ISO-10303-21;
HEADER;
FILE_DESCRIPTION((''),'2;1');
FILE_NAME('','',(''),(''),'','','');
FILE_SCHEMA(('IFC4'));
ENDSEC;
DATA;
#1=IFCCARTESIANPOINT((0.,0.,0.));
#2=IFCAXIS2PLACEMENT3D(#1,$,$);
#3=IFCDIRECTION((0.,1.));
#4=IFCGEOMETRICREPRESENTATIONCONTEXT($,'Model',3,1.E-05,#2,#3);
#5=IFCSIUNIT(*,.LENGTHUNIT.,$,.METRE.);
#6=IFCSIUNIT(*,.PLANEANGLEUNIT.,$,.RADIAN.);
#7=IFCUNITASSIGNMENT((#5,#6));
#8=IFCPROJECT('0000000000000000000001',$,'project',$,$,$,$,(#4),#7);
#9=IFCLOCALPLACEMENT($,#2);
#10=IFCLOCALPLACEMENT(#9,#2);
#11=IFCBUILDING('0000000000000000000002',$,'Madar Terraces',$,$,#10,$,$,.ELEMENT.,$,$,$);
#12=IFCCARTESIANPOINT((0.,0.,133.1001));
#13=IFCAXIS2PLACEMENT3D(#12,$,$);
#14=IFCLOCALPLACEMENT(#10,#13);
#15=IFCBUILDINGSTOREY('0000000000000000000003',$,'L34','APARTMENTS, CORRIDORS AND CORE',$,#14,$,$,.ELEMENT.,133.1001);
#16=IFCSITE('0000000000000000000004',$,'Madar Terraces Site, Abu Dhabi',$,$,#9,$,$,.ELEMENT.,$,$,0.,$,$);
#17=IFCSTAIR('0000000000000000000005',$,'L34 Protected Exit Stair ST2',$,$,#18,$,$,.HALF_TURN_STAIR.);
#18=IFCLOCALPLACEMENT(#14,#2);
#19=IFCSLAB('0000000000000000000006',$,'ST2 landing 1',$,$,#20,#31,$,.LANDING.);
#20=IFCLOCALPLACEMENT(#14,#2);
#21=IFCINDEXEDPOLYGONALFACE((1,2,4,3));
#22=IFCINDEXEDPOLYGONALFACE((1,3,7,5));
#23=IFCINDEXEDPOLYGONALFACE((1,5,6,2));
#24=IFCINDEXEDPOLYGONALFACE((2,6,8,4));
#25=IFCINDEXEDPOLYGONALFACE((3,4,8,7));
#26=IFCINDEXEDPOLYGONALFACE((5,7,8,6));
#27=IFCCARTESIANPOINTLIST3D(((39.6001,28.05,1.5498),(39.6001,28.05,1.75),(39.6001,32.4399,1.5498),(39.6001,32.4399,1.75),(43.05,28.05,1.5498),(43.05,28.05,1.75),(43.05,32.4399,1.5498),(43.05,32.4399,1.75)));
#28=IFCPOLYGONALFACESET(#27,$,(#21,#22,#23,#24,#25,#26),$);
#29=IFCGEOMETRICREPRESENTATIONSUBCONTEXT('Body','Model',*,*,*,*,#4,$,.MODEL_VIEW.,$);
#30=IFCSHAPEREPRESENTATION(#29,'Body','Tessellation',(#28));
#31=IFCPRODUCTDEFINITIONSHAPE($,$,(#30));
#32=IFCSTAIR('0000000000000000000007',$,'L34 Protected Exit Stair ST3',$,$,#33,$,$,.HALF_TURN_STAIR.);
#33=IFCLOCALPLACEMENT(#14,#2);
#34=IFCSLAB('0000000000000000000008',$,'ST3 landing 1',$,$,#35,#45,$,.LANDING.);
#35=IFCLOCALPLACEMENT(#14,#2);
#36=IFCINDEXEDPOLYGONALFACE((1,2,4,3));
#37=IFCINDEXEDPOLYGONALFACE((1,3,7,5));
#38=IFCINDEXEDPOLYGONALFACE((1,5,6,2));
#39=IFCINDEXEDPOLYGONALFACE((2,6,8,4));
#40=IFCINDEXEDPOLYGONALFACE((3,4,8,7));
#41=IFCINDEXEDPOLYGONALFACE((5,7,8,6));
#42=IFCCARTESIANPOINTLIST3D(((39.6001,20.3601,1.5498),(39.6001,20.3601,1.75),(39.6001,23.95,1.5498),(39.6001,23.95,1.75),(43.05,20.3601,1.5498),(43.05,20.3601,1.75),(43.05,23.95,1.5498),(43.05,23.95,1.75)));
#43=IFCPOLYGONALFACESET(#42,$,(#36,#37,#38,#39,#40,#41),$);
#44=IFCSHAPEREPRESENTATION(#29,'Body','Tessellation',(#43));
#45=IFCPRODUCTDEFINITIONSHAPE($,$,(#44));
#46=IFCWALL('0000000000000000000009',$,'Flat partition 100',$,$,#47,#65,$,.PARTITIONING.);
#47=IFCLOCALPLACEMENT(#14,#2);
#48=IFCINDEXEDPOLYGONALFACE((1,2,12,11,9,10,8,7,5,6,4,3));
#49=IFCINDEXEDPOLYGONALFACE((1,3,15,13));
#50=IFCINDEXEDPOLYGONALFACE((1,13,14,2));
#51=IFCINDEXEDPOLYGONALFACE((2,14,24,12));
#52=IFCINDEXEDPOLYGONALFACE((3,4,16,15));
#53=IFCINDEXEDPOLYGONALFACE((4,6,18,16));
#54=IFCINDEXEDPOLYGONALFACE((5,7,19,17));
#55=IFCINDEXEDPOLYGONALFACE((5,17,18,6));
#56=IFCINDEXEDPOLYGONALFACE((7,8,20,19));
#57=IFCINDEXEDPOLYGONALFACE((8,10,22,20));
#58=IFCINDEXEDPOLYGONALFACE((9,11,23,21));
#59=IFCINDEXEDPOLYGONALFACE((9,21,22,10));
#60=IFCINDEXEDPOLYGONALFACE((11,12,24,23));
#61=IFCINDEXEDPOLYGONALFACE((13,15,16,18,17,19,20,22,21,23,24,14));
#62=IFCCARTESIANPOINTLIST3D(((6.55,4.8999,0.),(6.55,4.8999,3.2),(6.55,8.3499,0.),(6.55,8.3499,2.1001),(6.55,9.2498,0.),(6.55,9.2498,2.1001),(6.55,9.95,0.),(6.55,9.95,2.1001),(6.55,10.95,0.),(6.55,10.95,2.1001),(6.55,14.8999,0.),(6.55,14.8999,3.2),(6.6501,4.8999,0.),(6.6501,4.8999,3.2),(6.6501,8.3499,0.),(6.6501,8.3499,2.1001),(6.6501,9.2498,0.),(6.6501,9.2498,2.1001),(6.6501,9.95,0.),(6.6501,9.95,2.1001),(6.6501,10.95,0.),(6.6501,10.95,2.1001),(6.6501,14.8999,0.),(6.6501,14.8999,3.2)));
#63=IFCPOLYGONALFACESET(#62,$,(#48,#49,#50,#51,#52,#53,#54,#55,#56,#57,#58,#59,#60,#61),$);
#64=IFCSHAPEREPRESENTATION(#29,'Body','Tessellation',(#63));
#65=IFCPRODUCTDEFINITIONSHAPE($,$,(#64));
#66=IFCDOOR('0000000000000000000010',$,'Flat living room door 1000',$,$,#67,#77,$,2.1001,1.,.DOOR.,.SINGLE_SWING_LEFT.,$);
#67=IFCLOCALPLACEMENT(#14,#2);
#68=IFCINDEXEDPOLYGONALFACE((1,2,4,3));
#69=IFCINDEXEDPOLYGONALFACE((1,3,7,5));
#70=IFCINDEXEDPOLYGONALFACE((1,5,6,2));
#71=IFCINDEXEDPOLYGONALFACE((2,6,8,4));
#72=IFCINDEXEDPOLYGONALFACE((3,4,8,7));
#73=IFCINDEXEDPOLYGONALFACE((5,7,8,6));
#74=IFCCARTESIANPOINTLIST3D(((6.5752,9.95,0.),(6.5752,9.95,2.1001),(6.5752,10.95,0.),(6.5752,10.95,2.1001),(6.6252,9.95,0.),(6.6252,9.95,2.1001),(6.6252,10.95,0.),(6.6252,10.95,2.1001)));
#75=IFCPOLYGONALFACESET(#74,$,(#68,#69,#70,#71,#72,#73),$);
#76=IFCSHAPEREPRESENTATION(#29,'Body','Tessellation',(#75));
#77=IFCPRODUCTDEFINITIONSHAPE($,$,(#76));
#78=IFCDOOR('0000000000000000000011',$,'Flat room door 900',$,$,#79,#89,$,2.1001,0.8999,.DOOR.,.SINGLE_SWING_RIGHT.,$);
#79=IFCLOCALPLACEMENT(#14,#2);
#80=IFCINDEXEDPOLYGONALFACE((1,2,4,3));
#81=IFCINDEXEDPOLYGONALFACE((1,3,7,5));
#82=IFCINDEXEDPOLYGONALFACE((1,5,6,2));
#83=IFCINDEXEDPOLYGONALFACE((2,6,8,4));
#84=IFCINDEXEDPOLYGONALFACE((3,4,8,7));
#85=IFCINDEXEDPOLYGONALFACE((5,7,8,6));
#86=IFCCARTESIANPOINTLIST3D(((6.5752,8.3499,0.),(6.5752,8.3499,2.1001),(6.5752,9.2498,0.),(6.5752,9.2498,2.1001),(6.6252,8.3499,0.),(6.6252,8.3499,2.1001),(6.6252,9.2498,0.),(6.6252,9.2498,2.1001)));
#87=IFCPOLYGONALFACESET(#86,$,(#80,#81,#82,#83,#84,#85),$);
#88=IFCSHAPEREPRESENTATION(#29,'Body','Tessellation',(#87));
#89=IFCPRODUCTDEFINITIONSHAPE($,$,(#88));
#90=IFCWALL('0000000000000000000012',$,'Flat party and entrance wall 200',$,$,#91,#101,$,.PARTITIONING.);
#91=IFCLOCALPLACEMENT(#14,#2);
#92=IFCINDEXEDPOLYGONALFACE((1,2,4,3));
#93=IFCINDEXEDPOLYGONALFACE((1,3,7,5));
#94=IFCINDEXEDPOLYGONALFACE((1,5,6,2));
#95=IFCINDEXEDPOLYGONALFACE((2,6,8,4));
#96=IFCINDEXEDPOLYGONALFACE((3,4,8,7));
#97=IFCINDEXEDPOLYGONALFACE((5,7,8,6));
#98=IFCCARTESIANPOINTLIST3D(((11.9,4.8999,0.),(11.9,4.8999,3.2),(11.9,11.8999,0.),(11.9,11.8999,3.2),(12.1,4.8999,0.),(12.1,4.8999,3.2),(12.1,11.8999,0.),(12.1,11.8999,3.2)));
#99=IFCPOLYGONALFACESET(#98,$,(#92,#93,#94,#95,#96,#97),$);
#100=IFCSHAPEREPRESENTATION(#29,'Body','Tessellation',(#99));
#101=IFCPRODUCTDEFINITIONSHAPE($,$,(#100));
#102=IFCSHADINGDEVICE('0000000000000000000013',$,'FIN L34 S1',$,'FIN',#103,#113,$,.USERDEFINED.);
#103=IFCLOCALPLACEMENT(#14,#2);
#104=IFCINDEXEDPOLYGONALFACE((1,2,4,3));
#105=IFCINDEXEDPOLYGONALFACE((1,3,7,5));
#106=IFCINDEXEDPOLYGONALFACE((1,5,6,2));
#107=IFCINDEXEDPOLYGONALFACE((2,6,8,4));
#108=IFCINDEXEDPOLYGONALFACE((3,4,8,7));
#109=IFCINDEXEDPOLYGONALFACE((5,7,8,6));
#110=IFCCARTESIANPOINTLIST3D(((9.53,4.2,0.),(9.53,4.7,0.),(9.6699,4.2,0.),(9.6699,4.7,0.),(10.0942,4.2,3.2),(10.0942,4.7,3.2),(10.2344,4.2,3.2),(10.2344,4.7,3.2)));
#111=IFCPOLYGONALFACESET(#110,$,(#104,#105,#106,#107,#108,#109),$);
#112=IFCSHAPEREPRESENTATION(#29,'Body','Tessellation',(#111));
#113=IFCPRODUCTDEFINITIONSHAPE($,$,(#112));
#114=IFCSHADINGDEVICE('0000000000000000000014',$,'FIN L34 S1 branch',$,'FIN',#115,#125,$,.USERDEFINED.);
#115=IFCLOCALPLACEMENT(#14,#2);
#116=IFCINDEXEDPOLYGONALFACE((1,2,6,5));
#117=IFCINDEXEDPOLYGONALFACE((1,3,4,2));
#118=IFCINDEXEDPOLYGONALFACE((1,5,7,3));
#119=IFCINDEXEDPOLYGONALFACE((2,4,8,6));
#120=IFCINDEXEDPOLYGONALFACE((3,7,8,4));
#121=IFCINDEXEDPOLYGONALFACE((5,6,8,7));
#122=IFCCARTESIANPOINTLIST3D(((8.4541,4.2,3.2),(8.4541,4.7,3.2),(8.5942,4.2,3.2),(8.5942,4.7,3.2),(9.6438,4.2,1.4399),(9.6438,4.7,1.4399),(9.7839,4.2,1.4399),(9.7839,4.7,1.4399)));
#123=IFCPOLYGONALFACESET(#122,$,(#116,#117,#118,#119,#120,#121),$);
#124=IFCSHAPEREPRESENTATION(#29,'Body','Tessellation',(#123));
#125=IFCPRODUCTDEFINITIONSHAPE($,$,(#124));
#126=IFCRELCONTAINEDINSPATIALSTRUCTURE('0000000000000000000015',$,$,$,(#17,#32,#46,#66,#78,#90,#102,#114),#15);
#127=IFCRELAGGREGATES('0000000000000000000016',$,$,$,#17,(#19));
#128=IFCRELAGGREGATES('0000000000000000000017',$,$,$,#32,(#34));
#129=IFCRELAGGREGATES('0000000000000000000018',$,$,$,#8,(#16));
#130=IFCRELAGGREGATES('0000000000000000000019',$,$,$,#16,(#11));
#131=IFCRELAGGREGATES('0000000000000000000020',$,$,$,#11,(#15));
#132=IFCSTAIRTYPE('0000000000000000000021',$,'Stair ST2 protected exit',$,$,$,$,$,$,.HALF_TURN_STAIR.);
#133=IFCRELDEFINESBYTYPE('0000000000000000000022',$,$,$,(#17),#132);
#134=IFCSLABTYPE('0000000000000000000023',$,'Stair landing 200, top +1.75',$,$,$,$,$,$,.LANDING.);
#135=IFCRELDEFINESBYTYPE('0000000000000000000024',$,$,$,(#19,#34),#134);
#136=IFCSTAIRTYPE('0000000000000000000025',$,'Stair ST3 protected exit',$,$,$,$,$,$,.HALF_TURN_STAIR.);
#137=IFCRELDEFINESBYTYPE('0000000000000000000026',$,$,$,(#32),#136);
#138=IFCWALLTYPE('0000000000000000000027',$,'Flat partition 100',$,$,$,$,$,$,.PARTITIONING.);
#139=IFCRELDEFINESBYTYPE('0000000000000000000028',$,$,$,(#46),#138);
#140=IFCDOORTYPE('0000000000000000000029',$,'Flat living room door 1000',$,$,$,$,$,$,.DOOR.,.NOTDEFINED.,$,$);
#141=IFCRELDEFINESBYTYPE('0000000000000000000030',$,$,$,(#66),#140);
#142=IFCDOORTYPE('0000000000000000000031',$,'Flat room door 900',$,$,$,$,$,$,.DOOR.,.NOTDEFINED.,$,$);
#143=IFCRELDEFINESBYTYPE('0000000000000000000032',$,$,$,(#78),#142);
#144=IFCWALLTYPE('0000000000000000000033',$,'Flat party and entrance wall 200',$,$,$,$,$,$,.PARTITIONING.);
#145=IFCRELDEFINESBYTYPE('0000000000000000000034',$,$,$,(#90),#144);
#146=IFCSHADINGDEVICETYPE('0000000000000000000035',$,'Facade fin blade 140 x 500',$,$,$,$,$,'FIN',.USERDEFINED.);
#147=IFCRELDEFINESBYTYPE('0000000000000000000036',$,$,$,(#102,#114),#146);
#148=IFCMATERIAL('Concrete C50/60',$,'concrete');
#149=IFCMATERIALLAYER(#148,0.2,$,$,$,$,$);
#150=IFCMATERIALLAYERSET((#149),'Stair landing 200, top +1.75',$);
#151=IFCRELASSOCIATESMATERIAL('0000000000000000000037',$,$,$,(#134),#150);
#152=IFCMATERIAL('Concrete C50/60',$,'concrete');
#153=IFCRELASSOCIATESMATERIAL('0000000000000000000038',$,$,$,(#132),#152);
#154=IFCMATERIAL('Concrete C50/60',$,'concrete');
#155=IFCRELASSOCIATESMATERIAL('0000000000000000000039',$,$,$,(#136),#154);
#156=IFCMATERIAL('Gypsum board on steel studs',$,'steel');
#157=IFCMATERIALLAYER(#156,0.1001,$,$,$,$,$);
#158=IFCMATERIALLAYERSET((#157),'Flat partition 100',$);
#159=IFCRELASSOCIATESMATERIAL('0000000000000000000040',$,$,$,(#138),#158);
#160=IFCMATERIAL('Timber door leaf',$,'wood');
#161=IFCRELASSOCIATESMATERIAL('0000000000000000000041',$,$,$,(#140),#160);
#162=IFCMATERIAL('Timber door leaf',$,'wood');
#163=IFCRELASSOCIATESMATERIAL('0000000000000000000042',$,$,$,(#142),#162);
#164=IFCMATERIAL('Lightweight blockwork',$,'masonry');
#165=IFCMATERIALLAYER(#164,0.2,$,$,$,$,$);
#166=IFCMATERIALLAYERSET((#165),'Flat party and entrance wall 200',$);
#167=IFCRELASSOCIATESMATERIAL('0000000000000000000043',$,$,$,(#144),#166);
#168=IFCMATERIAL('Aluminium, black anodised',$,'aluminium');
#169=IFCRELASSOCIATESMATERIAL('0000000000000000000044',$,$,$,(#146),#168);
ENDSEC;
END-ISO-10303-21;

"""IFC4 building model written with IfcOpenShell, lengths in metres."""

from ifc_helpers import new_model, si_unit, direction, frame, frame_2d, origin, place, context, subcontext, project, spatial, polyline, rectangle, outline, extrude, material, layer, layer_set, type_object, element, fill, aggregate, save


model = new_model("IFC4")

# Units and contexts
model_context = context("Model", 3, precision=1e-05, world=origin(), true_north=direction((0.0, 1.0)))
body_context = subcontext(model_context, "Body", "Model", "MODEL_VIEW")
ifc_project = project(units=[si_unit("LENGTHUNIT", "METRE"), si_unit("PLANEANGLEUNIT", "RADIAN")], contexts=[model_context])

# Site, building, storey
site_placement = place(None, origin())
site = spatial("IfcSite", under=ifc_project, at=site_placement, Name="Madar Terraces Site, Abu Dhabi", CompositionType="ELEMENT", RefElevation=0.0)
building_placement = place(site_placement, origin())
building = spatial("IfcBuilding", under=site, at=building_placement, Name="Madar Terraces", CompositionType="ELEMENT")
storey_placement = place(building_placement, frame((0.0, 0.0, 133.1001)))
storey = spatial("IfcBuildingStorey", under=building, at=storey_placement, Name="L34", Description="APARTMENTS, CORRIDORS AND CORE", CompositionType="ELEMENT", Elevation=133.1001)

# Stairs, slabs
ifc_material_1 = material(Name="Concrete C50/60", Category="concrete")
ifc_layer_1 = layer(ifc_material_1, 0.2)
ifc_layer_set_1 = layer_set([ifc_layer_1], Name="Stair landing 200, top +1.75")
slab_type_1 = type_object("IfcSlabType", Name="Stair landing 200, top +1.75", PredefinedType="LANDING", material=ifc_layer_set_1)
ifc_material_2 = material(Name="Concrete C50/60", Category="concrete")
stair_type_1 = type_object("IfcStairType", Name="Stair ST2 protected exit", PredefinedType="HALF_TURN_STAIR", material=ifc_material_2)
stair_1_placement = place(storey_placement, origin())
stair_1 = element("IfcStair", 1, at=stair_1_placement, inside=storey, type_object=stair_type_1, Name="L34 Protected Exit Stair ST2", PredefinedType="HALF_TURN_STAIR")
slab_1_placement = place(storey_placement, frame((0.0, 0.0, 1.5498)))
slab_1 = element("IfcSlab", 2, at=slab_1_placement, type_object=slab_type_1, Name="ST2 landing 1", PredefinedType="LANDING", context=body_context, shape_type="SweptSolid", body=[
    extrude(outline(polyline([(39.6001, 28.05), (43.05, 28.05), (43.05, 32.4399), (39.6001, 32.4399), (39.6001, 28.05)])), origin(), (0.0, 0.0, 1.0), 0.2002),
])
aggregate(stair_1, [slab_1])
ifc_material_3 = material(Name="Concrete C50/60", Category="concrete")
stair_type_2 = type_object("IfcStairType", Name="Stair ST3 protected exit", PredefinedType="HALF_TURN_STAIR", material=ifc_material_3)
stair_2_placement = place(storey_placement, origin())
stair_2 = element("IfcStair", 3, at=stair_2_placement, inside=storey, type_object=stair_type_2, Name="L34 Protected Exit Stair ST3", PredefinedType="HALF_TURN_STAIR")
slab_2_placement = place(storey_placement, frame((0.0, 0.0, 1.5498)))
slab_2 = element("IfcSlab", 4, at=slab_2_placement, type_object=slab_type_1, Name="ST3 landing 1", PredefinedType="LANDING", context=body_context, shape_type="SweptSolid", body=[
    extrude(outline(polyline([(39.6001, 20.3601), (43.05, 20.3601), (43.05, 23.95), (39.6001, 23.95), (39.6001, 20.3601)])), origin(), (0.0, 0.0, 1.0), 0.2002),
])
aggregate(stair_2, [slab_2])

# Wall, openings, doors
ifc_material_4 = material(Name="Gypsum board on steel studs", Category="steel")
ifc_layer_2 = layer(ifc_material_4, 0.1001)
ifc_layer_set_2 = layer_set([ifc_layer_2], Name="Flat partition 100")
wall_type_1 = type_object("IfcWallType", Name="Flat partition 100", PredefinedType="PARTITIONING", material=ifc_layer_set_2)
wall_1_placement = place(storey_placement, frame((6.6001, 4.8999, 0.0), z_axis=(0.0, 0.0, 1.0), x_axis=(0.0, 1.0, 0.0)))
wall_1 = element("IfcWall", 5, at=wall_1_placement, inside=storey, type_object=wall_type_1, Name="Flat partition 100", PredefinedType="PARTITIONING", context=body_context, shape_type="SweptSolid", body=[
    extrude(rectangle(XDim=10.0, YDim=0.1001, at=frame_2d((5.0, 0.0))), origin(), (0.0, 0.0, 1.0), 3.2),
])
opening_1_placement = place(wall_1_placement, frame((5.05, 0.0, 0.0)))
opening_1 = element("IfcOpeningElement", 6, at=opening_1_placement, cuts=wall_1, PredefinedType="OPENING", context=body_context, shape_type="SweptSolid", body=[
    extrude(rectangle(XDim=1.0, YDim=2.1001, at=frame_2d((0.5, 1.05))), frame((0.0, 0.0601, 0.0), z_axis=(0.0, -1.0, 0.0), x_axis=(1.0, 0.0, 0.0)), (0.0, 0.0, 1.0), 0.1201),
])
opening_2_placement = place(wall_1_placement, frame((3.45, 0.0, 0.0)))
opening_2 = element("IfcOpeningElement", 7, at=opening_2_placement, cuts=wall_1, PredefinedType="OPENING", context=body_context, shape_type="SweptSolid", body=[
    extrude(rectangle(XDim=0.8999, YDim=2.1001, at=frame_2d((0.45, 1.05))), frame((0.0, 0.0601, 0.0), z_axis=(0.0, -1.0, 0.0), x_axis=(1.0, 0.0, 0.0)), (0.0, 0.0, 1.0), 0.1201),
])
ifc_material_5 = material(Name="Timber door leaf", Category="wood")
door_type_1 = type_object("IfcDoorType", Name="Flat living room door 1000", OperationType="NOTDEFINED", PredefinedType="DOOR", material=ifc_material_5)
door_1_placement = place(opening_1_placement, origin())
door_1 = element("IfcDoor", 8, at=door_1_placement, inside=storey, type_object=door_type_1, Name="Flat living room door 1000", OperationType="SINGLE_SWING_LEFT", OverallHeight=2.1001, OverallWidth=1.0, PredefinedType="DOOR", context=body_context, shape_type="SweptSolid", body=[
    extrude(rectangle(XDim=1.0, YDim=2.1001, at=frame_2d((0.5, 1.05))), frame((0.0, 0.0249, 0.0), z_axis=(0.0, -1.0, 0.0), x_axis=(1.0, 0.0, 0.0)), (0.0, 0.0, 1.0), 0.05),
])
fill(opening_1, door_1)
ifc_material_6 = material(Name="Timber door leaf", Category="wood")
door_type_2 = type_object("IfcDoorType", Name="Flat room door 900", OperationType="NOTDEFINED", PredefinedType="DOOR", material=ifc_material_6)
door_2_placement = place(opening_2_placement, origin())
door_2 = element("IfcDoor", 9, at=door_2_placement, inside=storey, type_object=door_type_2, Name="Flat room door 900", OperationType="SINGLE_SWING_RIGHT", OverallHeight=2.1001, OverallWidth=0.8999, PredefinedType="DOOR", context=body_context, shape_type="SweptSolid", body=[
    extrude(rectangle(XDim=0.8999, YDim=2.1001, at=frame_2d((0.45, 1.05))), frame((0.0, 0.0249, 0.0), z_axis=(0.0, -1.0, 0.0), x_axis=(1.0, 0.0, 0.0)), (0.0, 0.0, 1.0), 0.05),
])
fill(opening_2, door_2)

# Wall
ifc_material_7 = material(Name="Lightweight blockwork", Category="masonry")
ifc_layer_3 = layer(ifc_material_7, 0.2)
ifc_layer_set_3 = layer_set([ifc_layer_3], Name="Flat party and entrance wall 200")
wall_type_2 = type_object("IfcWallType", Name="Flat party and entrance wall 200", PredefinedType="PARTITIONING", material=ifc_layer_set_3)
wall_2_placement = place(storey_placement, frame((12.0, 4.8999, 0.0), z_axis=(0.0, 0.0, 1.0), x_axis=(0.0, 1.0, 0.0)))
element("IfcWall", 10, at=wall_2_placement, inside=storey, type_object=wall_type_2, Name="Flat party and entrance wall 200", PredefinedType="PARTITIONING", context=body_context, shape_type="SweptSolid", body=[
    extrude(rectangle(XDim=7.0, YDim=0.2, at=frame_2d((3.5, 0.0))), origin(), (0.0, 0.0, 1.0), 3.2),
])

# Shading devices
ifc_material_8 = material(Name="Aluminium, black anodised", Category="aluminium")
shading_device_type = type_object("IfcShadingDeviceType", Name="Facade fin blade 140 x 500", ElementType="FIN", PredefinedType="USERDEFINED", material=ifc_material_8)
shading_device_1_placement = place(storey_placement, frame((9.53, 4.45, 0.0), z_axis=(0.0, 0.0, 1.0), x_axis=(1.0, 0.0, 0.0)))
element("IfcShadingDevice", 11, at=shading_device_1_placement, inside=storey, type_object=shading_device_type, Name="FIN L34 S1", ObjectType="FIN", PredefinedType="USERDEFINED", context=body_context, shape_type="SweptSolid", body=[
    extrude(outline(polyline([(0.0, 0.0), (0.1399, 0.0), (0.7043, 3.2), (0.5642, 3.2), (0.0, 0.0)])), frame((0.0, 0.25, 0.0), z_axis=(0.0, -1.0, 0.0), x_axis=(1.0, 0.0, 0.0)), (0.0, 0.0, 1.0), 0.5),
])
shading_device_2_placement = place(storey_placement, frame((9.6438, 4.45, 1.4399), z_axis=(0.0, 0.0, 1.0), x_axis=(1.0, 0.0, 0.0)))
element("IfcShadingDevice", 12, at=shading_device_2_placement, inside=storey, type_object=shading_device_type, Name="FIN L34 S1 branch", ObjectType="FIN", PredefinedType="USERDEFINED", context=body_context, shape_type="SweptSolid", body=[
    extrude(outline(polyline([(0.0, 0.0), (0.1401, 0.0), (-1.0496, 1.76), (-1.1897, 1.76), (0.0, 0.0)])), frame((0.0, 0.25, 0.0), z_axis=(0.0, -1.0, 0.0), x_axis=(1.0, 0.0, 0.0)), (0.0, 0.0, 1.0), 0.5),
])

save(model, "model.ifc")
